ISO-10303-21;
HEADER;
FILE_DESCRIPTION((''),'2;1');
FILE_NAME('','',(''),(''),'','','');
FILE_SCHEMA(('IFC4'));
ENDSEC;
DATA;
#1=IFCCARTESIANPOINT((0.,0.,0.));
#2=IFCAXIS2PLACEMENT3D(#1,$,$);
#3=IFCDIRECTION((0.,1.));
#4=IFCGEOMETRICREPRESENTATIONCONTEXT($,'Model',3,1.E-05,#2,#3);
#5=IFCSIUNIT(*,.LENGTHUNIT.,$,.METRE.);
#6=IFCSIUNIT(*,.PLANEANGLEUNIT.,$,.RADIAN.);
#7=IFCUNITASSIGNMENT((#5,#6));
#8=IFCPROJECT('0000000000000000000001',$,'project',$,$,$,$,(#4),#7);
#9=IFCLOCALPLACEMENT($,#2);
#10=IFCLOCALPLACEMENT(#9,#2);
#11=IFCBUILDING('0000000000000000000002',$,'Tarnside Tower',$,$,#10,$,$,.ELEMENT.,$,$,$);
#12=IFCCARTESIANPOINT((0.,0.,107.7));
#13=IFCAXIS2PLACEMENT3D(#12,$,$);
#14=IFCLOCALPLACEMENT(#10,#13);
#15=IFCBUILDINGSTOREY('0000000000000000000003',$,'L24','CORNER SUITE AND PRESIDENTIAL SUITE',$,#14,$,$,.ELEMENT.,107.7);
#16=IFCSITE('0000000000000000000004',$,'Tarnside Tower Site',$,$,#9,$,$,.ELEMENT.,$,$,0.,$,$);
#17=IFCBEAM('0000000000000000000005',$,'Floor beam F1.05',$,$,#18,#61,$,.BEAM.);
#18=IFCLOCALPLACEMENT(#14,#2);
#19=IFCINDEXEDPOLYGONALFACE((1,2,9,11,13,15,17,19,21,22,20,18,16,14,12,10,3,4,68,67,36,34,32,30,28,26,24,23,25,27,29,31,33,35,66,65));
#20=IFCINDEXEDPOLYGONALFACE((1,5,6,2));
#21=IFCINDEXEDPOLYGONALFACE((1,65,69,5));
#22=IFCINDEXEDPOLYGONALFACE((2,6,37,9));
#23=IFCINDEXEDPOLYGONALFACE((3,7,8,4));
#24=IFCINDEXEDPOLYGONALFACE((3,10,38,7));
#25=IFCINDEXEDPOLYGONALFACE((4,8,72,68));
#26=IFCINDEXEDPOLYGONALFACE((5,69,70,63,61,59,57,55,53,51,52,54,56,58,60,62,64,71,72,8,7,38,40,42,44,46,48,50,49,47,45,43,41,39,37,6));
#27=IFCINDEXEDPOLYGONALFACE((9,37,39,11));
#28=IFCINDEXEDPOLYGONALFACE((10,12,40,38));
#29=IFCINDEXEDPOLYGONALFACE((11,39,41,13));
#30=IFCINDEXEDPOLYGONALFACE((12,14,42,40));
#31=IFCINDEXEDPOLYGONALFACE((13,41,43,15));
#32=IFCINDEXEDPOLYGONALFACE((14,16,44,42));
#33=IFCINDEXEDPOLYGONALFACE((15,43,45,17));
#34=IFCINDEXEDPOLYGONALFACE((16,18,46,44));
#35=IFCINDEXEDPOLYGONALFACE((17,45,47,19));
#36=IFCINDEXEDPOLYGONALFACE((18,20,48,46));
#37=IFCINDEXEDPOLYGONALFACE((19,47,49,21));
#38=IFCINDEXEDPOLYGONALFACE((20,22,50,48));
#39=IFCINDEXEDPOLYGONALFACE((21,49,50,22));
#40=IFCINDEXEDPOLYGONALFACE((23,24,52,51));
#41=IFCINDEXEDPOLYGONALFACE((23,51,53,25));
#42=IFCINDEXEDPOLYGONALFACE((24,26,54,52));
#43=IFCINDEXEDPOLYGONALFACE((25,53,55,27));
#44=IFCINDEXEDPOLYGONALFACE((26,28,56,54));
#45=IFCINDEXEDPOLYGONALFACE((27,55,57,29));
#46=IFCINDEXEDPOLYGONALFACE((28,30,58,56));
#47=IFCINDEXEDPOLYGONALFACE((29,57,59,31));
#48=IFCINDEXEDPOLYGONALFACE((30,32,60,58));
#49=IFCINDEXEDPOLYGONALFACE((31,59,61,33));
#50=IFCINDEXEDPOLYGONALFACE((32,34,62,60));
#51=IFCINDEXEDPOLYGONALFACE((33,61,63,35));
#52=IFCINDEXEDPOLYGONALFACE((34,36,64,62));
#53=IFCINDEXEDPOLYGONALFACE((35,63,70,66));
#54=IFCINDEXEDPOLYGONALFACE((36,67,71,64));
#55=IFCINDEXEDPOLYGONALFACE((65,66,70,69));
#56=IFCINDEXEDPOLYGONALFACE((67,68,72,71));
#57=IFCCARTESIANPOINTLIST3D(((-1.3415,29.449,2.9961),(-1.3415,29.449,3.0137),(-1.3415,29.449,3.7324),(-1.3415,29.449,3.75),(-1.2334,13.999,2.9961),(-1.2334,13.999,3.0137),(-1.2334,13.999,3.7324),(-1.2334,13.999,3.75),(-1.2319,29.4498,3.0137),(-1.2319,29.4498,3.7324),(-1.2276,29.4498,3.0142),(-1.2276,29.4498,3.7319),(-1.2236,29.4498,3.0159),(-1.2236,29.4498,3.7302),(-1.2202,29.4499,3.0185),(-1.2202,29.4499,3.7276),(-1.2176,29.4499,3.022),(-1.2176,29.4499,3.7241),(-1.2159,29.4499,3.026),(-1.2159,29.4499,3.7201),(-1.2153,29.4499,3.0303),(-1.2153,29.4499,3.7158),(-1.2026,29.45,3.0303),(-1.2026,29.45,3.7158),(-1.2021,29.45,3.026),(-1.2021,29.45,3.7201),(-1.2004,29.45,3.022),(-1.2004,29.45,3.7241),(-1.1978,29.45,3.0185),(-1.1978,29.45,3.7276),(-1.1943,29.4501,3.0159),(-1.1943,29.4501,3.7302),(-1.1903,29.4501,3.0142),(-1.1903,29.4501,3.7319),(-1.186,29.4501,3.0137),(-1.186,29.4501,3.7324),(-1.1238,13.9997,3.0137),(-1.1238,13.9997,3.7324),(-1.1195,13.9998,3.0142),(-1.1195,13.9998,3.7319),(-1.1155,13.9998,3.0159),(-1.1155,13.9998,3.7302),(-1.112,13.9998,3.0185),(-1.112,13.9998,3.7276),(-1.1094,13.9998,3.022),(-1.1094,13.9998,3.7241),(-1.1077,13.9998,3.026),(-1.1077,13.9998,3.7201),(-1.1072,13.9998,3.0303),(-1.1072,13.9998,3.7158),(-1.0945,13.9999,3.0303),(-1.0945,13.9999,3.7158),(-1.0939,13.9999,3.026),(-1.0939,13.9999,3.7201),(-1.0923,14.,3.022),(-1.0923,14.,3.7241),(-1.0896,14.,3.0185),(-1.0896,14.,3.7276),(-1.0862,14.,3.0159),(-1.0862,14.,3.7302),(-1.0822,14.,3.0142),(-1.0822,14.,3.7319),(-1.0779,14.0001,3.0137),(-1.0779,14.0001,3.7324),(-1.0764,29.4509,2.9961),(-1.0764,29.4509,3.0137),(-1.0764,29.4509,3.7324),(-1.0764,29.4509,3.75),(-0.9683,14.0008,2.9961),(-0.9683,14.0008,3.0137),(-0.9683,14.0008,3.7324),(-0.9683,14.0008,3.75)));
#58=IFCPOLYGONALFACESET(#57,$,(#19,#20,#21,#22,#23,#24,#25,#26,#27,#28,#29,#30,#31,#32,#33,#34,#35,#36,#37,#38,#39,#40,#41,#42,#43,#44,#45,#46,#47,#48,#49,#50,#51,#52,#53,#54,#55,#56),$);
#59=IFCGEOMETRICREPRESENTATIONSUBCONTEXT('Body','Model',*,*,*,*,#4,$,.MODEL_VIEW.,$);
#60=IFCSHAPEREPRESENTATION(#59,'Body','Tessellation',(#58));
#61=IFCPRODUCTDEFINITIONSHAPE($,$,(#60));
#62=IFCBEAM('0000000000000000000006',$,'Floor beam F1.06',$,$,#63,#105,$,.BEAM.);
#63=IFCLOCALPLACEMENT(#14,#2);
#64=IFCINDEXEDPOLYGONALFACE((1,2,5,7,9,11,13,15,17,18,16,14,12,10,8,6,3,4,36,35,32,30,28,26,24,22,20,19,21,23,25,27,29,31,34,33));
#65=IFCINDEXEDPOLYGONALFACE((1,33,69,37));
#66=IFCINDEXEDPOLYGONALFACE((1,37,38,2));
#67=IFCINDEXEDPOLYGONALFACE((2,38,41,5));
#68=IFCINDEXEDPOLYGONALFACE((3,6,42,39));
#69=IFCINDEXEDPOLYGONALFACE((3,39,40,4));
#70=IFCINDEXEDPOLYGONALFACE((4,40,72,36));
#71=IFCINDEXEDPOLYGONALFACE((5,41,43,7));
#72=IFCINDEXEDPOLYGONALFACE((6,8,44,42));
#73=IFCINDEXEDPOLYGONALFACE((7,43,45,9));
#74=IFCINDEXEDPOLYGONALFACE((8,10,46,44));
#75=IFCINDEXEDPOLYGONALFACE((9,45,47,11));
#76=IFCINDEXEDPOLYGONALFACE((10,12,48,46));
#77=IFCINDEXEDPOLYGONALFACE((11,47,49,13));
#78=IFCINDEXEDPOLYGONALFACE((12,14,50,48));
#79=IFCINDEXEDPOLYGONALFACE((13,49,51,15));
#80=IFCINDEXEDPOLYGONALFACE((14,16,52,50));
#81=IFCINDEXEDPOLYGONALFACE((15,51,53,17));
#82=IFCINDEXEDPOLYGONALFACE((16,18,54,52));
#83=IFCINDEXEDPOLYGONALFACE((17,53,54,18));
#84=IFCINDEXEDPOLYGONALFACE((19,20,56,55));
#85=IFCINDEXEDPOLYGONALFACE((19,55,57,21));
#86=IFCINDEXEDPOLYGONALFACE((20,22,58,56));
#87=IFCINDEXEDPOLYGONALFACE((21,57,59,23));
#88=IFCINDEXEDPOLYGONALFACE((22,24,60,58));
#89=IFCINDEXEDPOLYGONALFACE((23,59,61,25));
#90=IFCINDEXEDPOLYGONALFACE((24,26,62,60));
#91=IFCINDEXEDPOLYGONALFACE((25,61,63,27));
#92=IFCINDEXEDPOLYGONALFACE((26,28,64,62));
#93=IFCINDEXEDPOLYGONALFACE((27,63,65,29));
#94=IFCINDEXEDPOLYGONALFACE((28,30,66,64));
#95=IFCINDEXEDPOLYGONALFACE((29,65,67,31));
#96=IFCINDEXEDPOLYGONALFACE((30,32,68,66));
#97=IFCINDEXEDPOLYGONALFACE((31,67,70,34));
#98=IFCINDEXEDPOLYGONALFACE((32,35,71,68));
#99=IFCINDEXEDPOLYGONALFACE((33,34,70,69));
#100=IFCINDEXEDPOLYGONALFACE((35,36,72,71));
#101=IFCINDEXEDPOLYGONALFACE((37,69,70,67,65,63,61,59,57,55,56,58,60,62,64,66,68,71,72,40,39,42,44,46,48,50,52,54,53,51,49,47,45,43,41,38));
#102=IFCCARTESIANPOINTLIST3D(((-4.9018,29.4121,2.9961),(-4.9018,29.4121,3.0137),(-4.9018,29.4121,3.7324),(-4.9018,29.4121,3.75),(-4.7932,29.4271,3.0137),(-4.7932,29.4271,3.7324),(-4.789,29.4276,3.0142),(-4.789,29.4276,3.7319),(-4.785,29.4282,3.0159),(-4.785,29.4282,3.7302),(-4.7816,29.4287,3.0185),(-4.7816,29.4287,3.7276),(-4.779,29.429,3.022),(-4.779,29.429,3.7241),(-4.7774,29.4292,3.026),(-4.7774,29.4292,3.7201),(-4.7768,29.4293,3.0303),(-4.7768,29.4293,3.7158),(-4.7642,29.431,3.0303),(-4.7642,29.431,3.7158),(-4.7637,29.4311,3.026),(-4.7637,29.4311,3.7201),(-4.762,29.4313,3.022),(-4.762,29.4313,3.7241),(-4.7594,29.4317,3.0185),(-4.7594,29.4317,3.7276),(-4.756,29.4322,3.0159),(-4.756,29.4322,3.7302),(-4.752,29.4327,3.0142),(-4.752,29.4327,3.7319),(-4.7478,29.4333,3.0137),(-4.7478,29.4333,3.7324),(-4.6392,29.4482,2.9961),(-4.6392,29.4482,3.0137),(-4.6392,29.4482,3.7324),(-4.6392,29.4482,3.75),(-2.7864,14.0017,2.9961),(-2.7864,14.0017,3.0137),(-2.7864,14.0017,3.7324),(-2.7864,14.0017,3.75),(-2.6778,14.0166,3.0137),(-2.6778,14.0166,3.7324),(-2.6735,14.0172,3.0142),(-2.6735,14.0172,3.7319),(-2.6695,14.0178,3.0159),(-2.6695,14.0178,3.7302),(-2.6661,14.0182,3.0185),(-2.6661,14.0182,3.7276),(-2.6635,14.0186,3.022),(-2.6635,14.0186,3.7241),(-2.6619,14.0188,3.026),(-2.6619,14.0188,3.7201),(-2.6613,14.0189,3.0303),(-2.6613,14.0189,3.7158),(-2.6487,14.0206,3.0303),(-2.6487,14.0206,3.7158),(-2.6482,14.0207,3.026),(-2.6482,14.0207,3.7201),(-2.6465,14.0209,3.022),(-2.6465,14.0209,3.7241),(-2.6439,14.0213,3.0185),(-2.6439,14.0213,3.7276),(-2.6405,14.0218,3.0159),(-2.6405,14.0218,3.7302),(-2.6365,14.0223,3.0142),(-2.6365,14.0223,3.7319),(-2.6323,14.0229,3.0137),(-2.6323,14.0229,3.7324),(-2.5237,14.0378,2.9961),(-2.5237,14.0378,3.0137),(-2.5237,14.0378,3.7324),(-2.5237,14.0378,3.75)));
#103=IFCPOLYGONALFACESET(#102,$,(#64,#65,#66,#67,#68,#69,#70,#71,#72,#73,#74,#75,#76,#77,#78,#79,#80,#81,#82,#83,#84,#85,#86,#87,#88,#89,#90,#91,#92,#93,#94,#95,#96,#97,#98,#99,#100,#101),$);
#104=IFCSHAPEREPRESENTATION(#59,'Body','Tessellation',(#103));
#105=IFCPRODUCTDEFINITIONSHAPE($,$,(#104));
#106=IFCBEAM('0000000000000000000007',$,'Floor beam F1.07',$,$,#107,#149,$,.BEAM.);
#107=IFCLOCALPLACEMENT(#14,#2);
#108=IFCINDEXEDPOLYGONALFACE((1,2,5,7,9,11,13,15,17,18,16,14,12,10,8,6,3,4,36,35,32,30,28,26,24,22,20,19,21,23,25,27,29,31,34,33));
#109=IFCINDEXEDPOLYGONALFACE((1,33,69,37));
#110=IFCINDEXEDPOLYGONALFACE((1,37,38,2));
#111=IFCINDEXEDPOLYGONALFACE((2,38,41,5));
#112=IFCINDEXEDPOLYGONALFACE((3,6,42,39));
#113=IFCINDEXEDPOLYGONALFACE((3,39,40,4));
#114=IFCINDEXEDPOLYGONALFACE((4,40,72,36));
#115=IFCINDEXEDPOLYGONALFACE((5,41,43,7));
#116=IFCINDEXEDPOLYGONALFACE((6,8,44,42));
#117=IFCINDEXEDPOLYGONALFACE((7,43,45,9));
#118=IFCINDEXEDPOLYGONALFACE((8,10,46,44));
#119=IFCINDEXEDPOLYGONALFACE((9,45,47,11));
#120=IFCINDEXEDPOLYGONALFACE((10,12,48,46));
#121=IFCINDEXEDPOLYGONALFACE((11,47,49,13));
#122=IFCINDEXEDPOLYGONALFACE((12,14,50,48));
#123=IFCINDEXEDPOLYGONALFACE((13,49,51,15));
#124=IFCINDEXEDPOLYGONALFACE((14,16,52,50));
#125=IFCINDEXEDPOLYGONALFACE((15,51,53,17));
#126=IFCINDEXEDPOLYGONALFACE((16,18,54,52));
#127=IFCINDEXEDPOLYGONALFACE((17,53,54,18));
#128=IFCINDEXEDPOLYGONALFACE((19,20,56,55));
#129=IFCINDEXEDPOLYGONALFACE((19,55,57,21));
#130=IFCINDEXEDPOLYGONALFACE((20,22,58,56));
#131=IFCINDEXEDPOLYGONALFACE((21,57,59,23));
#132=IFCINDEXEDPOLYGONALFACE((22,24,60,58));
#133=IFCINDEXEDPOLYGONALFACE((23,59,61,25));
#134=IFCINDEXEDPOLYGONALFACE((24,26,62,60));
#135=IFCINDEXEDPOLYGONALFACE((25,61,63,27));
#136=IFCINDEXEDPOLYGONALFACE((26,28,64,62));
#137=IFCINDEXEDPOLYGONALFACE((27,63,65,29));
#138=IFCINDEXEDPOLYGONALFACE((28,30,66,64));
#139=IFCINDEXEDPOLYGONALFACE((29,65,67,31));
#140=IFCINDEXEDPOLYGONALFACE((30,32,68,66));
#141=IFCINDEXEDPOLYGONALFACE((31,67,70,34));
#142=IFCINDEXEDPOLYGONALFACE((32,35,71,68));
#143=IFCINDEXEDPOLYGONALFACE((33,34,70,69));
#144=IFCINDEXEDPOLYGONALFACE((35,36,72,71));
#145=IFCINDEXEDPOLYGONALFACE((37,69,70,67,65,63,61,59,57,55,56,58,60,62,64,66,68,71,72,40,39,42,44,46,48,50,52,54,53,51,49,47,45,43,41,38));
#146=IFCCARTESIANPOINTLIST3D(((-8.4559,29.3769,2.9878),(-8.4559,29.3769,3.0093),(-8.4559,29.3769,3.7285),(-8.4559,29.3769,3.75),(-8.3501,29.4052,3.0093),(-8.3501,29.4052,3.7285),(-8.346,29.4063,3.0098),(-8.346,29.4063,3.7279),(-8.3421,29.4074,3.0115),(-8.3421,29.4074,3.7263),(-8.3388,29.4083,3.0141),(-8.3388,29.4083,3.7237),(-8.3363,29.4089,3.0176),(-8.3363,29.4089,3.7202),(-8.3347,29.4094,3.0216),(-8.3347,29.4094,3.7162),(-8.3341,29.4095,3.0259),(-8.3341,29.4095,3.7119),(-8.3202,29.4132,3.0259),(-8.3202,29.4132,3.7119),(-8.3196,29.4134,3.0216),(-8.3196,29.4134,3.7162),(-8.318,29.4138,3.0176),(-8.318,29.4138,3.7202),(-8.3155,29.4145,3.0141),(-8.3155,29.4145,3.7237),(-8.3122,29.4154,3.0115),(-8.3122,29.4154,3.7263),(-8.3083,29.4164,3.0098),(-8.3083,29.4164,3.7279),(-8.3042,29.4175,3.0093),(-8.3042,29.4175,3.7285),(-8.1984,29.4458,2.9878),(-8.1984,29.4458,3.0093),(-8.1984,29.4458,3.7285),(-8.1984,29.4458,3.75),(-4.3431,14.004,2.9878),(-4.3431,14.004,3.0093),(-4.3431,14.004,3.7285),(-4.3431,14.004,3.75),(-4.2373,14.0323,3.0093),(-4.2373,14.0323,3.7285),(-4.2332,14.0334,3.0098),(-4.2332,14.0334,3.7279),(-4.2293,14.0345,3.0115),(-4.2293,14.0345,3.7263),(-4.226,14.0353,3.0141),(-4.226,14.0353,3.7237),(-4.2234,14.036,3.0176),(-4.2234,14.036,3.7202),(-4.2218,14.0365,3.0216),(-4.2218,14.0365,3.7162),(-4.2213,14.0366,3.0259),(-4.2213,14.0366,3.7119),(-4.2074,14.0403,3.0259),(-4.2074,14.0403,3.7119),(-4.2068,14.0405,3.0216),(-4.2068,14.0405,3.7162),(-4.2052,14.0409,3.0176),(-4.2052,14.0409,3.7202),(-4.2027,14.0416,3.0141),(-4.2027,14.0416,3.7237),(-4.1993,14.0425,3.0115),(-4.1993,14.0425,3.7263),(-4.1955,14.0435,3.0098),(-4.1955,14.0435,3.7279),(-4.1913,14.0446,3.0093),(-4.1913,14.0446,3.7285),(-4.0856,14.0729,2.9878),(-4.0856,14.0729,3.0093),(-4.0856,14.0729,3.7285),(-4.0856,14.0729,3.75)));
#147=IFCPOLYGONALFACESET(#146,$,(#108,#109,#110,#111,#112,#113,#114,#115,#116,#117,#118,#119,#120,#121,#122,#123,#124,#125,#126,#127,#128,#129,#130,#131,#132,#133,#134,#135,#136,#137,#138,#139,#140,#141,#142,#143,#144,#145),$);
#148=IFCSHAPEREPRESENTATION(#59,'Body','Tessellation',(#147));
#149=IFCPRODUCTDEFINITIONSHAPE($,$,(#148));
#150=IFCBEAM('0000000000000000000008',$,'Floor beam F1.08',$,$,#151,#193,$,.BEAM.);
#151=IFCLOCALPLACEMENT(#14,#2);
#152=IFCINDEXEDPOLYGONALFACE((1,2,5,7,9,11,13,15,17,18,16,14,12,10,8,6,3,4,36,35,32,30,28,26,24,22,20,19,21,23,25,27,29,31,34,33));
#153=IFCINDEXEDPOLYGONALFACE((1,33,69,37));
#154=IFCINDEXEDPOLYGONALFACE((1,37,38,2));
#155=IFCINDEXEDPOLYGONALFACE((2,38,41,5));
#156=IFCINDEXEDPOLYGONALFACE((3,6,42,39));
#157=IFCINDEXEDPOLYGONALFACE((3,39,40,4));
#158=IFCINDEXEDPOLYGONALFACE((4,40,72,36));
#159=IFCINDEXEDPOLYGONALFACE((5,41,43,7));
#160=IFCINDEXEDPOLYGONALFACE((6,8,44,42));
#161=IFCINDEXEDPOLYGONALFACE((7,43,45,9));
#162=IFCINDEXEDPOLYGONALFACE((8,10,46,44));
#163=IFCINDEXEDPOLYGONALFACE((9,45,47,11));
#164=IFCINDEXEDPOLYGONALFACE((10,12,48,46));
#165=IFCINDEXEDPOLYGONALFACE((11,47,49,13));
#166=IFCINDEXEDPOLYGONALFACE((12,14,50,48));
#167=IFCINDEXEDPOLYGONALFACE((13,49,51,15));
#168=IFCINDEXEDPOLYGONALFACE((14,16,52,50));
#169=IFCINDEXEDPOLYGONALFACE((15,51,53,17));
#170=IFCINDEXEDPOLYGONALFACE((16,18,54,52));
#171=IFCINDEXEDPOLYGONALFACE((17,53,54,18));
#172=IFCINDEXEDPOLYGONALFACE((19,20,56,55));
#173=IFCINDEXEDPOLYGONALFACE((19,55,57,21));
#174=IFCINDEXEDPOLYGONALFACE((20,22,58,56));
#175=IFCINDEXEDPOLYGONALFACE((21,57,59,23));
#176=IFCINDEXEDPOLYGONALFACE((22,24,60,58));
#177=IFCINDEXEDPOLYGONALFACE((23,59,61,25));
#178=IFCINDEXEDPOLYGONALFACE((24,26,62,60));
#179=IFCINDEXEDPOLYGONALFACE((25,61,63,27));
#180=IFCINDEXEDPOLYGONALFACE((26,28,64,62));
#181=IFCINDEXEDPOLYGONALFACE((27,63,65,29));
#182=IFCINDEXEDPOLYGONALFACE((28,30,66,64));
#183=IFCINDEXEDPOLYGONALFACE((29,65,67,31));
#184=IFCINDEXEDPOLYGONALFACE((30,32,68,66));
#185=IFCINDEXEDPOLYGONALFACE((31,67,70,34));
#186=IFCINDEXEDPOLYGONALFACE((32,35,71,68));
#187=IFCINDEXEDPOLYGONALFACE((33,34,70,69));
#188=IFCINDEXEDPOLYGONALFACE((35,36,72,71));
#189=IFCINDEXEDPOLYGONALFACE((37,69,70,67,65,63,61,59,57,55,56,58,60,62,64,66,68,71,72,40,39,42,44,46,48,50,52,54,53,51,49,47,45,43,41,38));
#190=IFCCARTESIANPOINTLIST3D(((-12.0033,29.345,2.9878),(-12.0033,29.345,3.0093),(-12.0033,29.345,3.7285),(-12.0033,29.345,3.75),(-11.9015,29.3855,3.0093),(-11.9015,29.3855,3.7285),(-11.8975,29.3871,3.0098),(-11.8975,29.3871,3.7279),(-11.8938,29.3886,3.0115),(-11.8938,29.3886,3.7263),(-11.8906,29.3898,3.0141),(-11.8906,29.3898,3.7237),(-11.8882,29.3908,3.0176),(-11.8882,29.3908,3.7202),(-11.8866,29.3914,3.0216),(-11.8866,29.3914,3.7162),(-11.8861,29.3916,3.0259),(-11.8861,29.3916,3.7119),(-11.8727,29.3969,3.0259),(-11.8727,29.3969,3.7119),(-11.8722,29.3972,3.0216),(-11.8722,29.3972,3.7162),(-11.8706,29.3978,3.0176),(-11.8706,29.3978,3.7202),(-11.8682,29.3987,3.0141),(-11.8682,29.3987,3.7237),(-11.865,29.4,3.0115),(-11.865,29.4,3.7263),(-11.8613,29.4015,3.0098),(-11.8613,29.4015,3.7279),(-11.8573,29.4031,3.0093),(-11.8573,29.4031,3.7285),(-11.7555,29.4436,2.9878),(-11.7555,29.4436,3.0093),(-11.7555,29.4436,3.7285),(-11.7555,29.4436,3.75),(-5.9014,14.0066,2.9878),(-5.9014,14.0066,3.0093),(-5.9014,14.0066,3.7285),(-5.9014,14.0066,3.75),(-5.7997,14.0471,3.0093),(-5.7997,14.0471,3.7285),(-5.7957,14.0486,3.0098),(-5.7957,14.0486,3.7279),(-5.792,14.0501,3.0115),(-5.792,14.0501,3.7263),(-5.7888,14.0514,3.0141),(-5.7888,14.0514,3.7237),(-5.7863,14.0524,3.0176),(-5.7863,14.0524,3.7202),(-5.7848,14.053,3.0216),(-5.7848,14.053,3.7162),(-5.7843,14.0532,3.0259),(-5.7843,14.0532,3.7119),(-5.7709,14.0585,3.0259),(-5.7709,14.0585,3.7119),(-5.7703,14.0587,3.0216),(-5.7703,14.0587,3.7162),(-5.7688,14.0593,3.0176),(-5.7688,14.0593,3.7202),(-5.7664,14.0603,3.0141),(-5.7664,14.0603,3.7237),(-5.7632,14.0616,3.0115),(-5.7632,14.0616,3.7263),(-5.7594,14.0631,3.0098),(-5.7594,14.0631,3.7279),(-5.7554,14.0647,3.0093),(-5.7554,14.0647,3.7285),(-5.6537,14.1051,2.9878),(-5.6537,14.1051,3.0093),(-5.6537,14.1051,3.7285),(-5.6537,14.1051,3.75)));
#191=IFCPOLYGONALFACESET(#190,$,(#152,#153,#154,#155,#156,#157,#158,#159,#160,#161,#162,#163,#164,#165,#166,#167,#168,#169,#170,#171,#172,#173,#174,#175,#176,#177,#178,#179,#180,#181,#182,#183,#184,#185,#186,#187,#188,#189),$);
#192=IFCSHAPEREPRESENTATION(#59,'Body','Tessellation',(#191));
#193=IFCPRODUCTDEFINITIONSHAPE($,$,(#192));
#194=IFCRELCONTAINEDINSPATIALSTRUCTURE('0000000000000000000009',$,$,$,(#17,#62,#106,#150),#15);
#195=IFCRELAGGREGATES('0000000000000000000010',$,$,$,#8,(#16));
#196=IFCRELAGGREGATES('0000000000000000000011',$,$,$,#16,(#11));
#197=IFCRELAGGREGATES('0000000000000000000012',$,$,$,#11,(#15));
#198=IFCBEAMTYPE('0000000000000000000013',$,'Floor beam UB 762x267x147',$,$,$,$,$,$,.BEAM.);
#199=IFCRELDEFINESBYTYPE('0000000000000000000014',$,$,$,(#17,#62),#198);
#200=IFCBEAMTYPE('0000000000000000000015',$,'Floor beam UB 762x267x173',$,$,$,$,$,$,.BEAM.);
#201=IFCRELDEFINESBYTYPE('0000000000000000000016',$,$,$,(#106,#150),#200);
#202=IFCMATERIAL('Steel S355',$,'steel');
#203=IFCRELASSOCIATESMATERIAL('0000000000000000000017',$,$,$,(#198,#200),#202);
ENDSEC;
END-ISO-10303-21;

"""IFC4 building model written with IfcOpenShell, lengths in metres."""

from ifc_helpers import new_model, si_unit, direction, frame, origin, origin_2d, place, context, subcontext, project, spatial, i_section, extrude, material, material_profile, profile_set, type_object, element, save


model = new_model("IFC4")

# Units and contexts
model_context = context("Model", 3, precision=1e-05, world=origin(), true_north=direction((0.0, 1.0)))
body_context = subcontext(model_context, "Body", "Model", "MODEL_VIEW")
ifc_project = project(units=[si_unit("LENGTHUNIT", "METRE"), si_unit("PLANEANGLEUNIT", "RADIAN")], contexts=[model_context])

# Site, building, storey
site_placement = place(None, origin())
site = spatial("IfcSite", under=ifc_project, at=site_placement, Name="Tarnside Tower Site", CompositionType="ELEMENT", RefElevation=0.0)
building_placement = place(site_placement, origin())
building = spatial("IfcBuilding", under=site, at=building_placement, Name="Tarnside Tower", CompositionType="ELEMENT")
storey_placement = place(building_placement, frame((0.0, 0.0, 107.7)))
storey = spatial("IfcBuildingStorey", under=building, at=storey_placement, Name="L24", Description="CORNER SUITE AND PRESIDENTIAL SUITE", CompositionType="ELEMENT", Elevation=107.7)

# Beams
ifc_material_1 = material(Name="Steel S355", Category="steel")
ifc_material_profile_1 = material_profile(ifc_material_1, i_section(OverallWidth=0.2651, OverallDepth=0.7539, WebThickness=0.0127, FlangeThickness=0.0176, FilletRadius=0.0166, at=origin_2d()), Name="UB 762x267x147")
ifc_profile_set_1 = profile_set([ifc_material_profile_1], Name="Steel S355")
beam_type_1 = type_object("IfcBeamType", Name="Floor beam UB 762x267x147", PredefinedType="BEAM", material=ifc_profile_set_1)
beam_1_placement = place(storey_placement, frame((-1.209, 29.45, 3.373), z_axis=(0.007, -0.999975, 0.0), x_axis=(0.999975, 0.007, 0.0)))
element("IfcBeam", 1, at=beam_1_placement, inside=storey, type_object=beam_type_1, Name="Floor beam F1.05", PredefinedType="BEAM", context=body_context, shape_type="SweptSolid", body=[
    extrude(i_section(OverallWidth=0.2651, OverallDepth=0.7539, WebThickness=0.0127, FlangeThickness=0.0176, FilletRadius=0.0166, at=origin_2d()), origin(), (0.0, 0.0, 1.0), 15.4504),
])
beam_2_placement = place(storey_placement, frame((-4.7705, 29.4302, 3.373), z_axis=(0.136001, -0.990709, 0.0), x_axis=(0.990709, 0.136001, 0.0)))
element("IfcBeam", 2, at=beam_2_placement, inside=storey, type_object=beam_type_1, Name="Floor beam F1.06", PredefinedType="BEAM", context=body_context, shape_type="SweptSolid", body=[
    extrude(i_section(OverallWidth=0.2651, OverallDepth=0.7539, WebThickness=0.0127, FlangeThickness=0.0176, FilletRadius=0.0166, at=origin_2d()), origin(), (0.0, 0.0, 1.0), 15.5549),
])
ifc_material_profile_2 = material_profile(ifc_material_1, i_section(OverallWidth=0.2666, OverallDepth=0.7622, WebThickness=0.0144, FlangeThickness=0.0215, FilletRadius=0.0166, at=origin_2d()), Name="UB 762x267x173")
ifc_profile_set_2 = profile_set([ifc_material_profile_2], Name="Steel S355")
beam_type_2 = type_object("IfcBeamType", Name="Floor beam UB 762x267x173", PredefinedType="BEAM", material=ifc_profile_set_2)
beam_3_placement = place(storey_placement, frame((-8.3271, 29.4114, 3.3689), z_axis=(0.258447, -0.966025, 0.0), x_axis=(0.966025, 0.258447, 0.0)))
element("IfcBeam", 3, at=beam_3_placement, inside=storey, type_object=beam_type_2, Name="Floor beam F1.07", PredefinedType="BEAM", context=body_context, shape_type="SweptSolid", body=[
    extrude(i_section(OverallWidth=0.2666, OverallDepth=0.7622, WebThickness=0.0144, FlangeThickness=0.0215, FilletRadius=0.0166, at=origin_2d()), origin(), (0.0, 0.0, 1.0), 15.9136),
])
beam_4_placement = place(storey_placement, frame((-11.8794, 29.3943, 3.3689), z_axis=(0.369638, -0.929176, 0.0), x_axis=(0.929176, 0.369638, 0.0)))
element("IfcBeam", 4, at=beam_4_placement, inside=storey, type_object=beam_type_2, Name="Floor beam F1.08", PredefinedType="BEAM", context=body_context, shape_type="SweptSolid", body=[
    extrude(i_section(OverallWidth=0.2666, OverallDepth=0.7622, WebThickness=0.0144, FlangeThickness=0.0215, FilletRadius=0.0166, at=origin_2d()), origin(), (0.0, 0.0, 1.0), 16.5076),
])

save(model, "model.ifc")
